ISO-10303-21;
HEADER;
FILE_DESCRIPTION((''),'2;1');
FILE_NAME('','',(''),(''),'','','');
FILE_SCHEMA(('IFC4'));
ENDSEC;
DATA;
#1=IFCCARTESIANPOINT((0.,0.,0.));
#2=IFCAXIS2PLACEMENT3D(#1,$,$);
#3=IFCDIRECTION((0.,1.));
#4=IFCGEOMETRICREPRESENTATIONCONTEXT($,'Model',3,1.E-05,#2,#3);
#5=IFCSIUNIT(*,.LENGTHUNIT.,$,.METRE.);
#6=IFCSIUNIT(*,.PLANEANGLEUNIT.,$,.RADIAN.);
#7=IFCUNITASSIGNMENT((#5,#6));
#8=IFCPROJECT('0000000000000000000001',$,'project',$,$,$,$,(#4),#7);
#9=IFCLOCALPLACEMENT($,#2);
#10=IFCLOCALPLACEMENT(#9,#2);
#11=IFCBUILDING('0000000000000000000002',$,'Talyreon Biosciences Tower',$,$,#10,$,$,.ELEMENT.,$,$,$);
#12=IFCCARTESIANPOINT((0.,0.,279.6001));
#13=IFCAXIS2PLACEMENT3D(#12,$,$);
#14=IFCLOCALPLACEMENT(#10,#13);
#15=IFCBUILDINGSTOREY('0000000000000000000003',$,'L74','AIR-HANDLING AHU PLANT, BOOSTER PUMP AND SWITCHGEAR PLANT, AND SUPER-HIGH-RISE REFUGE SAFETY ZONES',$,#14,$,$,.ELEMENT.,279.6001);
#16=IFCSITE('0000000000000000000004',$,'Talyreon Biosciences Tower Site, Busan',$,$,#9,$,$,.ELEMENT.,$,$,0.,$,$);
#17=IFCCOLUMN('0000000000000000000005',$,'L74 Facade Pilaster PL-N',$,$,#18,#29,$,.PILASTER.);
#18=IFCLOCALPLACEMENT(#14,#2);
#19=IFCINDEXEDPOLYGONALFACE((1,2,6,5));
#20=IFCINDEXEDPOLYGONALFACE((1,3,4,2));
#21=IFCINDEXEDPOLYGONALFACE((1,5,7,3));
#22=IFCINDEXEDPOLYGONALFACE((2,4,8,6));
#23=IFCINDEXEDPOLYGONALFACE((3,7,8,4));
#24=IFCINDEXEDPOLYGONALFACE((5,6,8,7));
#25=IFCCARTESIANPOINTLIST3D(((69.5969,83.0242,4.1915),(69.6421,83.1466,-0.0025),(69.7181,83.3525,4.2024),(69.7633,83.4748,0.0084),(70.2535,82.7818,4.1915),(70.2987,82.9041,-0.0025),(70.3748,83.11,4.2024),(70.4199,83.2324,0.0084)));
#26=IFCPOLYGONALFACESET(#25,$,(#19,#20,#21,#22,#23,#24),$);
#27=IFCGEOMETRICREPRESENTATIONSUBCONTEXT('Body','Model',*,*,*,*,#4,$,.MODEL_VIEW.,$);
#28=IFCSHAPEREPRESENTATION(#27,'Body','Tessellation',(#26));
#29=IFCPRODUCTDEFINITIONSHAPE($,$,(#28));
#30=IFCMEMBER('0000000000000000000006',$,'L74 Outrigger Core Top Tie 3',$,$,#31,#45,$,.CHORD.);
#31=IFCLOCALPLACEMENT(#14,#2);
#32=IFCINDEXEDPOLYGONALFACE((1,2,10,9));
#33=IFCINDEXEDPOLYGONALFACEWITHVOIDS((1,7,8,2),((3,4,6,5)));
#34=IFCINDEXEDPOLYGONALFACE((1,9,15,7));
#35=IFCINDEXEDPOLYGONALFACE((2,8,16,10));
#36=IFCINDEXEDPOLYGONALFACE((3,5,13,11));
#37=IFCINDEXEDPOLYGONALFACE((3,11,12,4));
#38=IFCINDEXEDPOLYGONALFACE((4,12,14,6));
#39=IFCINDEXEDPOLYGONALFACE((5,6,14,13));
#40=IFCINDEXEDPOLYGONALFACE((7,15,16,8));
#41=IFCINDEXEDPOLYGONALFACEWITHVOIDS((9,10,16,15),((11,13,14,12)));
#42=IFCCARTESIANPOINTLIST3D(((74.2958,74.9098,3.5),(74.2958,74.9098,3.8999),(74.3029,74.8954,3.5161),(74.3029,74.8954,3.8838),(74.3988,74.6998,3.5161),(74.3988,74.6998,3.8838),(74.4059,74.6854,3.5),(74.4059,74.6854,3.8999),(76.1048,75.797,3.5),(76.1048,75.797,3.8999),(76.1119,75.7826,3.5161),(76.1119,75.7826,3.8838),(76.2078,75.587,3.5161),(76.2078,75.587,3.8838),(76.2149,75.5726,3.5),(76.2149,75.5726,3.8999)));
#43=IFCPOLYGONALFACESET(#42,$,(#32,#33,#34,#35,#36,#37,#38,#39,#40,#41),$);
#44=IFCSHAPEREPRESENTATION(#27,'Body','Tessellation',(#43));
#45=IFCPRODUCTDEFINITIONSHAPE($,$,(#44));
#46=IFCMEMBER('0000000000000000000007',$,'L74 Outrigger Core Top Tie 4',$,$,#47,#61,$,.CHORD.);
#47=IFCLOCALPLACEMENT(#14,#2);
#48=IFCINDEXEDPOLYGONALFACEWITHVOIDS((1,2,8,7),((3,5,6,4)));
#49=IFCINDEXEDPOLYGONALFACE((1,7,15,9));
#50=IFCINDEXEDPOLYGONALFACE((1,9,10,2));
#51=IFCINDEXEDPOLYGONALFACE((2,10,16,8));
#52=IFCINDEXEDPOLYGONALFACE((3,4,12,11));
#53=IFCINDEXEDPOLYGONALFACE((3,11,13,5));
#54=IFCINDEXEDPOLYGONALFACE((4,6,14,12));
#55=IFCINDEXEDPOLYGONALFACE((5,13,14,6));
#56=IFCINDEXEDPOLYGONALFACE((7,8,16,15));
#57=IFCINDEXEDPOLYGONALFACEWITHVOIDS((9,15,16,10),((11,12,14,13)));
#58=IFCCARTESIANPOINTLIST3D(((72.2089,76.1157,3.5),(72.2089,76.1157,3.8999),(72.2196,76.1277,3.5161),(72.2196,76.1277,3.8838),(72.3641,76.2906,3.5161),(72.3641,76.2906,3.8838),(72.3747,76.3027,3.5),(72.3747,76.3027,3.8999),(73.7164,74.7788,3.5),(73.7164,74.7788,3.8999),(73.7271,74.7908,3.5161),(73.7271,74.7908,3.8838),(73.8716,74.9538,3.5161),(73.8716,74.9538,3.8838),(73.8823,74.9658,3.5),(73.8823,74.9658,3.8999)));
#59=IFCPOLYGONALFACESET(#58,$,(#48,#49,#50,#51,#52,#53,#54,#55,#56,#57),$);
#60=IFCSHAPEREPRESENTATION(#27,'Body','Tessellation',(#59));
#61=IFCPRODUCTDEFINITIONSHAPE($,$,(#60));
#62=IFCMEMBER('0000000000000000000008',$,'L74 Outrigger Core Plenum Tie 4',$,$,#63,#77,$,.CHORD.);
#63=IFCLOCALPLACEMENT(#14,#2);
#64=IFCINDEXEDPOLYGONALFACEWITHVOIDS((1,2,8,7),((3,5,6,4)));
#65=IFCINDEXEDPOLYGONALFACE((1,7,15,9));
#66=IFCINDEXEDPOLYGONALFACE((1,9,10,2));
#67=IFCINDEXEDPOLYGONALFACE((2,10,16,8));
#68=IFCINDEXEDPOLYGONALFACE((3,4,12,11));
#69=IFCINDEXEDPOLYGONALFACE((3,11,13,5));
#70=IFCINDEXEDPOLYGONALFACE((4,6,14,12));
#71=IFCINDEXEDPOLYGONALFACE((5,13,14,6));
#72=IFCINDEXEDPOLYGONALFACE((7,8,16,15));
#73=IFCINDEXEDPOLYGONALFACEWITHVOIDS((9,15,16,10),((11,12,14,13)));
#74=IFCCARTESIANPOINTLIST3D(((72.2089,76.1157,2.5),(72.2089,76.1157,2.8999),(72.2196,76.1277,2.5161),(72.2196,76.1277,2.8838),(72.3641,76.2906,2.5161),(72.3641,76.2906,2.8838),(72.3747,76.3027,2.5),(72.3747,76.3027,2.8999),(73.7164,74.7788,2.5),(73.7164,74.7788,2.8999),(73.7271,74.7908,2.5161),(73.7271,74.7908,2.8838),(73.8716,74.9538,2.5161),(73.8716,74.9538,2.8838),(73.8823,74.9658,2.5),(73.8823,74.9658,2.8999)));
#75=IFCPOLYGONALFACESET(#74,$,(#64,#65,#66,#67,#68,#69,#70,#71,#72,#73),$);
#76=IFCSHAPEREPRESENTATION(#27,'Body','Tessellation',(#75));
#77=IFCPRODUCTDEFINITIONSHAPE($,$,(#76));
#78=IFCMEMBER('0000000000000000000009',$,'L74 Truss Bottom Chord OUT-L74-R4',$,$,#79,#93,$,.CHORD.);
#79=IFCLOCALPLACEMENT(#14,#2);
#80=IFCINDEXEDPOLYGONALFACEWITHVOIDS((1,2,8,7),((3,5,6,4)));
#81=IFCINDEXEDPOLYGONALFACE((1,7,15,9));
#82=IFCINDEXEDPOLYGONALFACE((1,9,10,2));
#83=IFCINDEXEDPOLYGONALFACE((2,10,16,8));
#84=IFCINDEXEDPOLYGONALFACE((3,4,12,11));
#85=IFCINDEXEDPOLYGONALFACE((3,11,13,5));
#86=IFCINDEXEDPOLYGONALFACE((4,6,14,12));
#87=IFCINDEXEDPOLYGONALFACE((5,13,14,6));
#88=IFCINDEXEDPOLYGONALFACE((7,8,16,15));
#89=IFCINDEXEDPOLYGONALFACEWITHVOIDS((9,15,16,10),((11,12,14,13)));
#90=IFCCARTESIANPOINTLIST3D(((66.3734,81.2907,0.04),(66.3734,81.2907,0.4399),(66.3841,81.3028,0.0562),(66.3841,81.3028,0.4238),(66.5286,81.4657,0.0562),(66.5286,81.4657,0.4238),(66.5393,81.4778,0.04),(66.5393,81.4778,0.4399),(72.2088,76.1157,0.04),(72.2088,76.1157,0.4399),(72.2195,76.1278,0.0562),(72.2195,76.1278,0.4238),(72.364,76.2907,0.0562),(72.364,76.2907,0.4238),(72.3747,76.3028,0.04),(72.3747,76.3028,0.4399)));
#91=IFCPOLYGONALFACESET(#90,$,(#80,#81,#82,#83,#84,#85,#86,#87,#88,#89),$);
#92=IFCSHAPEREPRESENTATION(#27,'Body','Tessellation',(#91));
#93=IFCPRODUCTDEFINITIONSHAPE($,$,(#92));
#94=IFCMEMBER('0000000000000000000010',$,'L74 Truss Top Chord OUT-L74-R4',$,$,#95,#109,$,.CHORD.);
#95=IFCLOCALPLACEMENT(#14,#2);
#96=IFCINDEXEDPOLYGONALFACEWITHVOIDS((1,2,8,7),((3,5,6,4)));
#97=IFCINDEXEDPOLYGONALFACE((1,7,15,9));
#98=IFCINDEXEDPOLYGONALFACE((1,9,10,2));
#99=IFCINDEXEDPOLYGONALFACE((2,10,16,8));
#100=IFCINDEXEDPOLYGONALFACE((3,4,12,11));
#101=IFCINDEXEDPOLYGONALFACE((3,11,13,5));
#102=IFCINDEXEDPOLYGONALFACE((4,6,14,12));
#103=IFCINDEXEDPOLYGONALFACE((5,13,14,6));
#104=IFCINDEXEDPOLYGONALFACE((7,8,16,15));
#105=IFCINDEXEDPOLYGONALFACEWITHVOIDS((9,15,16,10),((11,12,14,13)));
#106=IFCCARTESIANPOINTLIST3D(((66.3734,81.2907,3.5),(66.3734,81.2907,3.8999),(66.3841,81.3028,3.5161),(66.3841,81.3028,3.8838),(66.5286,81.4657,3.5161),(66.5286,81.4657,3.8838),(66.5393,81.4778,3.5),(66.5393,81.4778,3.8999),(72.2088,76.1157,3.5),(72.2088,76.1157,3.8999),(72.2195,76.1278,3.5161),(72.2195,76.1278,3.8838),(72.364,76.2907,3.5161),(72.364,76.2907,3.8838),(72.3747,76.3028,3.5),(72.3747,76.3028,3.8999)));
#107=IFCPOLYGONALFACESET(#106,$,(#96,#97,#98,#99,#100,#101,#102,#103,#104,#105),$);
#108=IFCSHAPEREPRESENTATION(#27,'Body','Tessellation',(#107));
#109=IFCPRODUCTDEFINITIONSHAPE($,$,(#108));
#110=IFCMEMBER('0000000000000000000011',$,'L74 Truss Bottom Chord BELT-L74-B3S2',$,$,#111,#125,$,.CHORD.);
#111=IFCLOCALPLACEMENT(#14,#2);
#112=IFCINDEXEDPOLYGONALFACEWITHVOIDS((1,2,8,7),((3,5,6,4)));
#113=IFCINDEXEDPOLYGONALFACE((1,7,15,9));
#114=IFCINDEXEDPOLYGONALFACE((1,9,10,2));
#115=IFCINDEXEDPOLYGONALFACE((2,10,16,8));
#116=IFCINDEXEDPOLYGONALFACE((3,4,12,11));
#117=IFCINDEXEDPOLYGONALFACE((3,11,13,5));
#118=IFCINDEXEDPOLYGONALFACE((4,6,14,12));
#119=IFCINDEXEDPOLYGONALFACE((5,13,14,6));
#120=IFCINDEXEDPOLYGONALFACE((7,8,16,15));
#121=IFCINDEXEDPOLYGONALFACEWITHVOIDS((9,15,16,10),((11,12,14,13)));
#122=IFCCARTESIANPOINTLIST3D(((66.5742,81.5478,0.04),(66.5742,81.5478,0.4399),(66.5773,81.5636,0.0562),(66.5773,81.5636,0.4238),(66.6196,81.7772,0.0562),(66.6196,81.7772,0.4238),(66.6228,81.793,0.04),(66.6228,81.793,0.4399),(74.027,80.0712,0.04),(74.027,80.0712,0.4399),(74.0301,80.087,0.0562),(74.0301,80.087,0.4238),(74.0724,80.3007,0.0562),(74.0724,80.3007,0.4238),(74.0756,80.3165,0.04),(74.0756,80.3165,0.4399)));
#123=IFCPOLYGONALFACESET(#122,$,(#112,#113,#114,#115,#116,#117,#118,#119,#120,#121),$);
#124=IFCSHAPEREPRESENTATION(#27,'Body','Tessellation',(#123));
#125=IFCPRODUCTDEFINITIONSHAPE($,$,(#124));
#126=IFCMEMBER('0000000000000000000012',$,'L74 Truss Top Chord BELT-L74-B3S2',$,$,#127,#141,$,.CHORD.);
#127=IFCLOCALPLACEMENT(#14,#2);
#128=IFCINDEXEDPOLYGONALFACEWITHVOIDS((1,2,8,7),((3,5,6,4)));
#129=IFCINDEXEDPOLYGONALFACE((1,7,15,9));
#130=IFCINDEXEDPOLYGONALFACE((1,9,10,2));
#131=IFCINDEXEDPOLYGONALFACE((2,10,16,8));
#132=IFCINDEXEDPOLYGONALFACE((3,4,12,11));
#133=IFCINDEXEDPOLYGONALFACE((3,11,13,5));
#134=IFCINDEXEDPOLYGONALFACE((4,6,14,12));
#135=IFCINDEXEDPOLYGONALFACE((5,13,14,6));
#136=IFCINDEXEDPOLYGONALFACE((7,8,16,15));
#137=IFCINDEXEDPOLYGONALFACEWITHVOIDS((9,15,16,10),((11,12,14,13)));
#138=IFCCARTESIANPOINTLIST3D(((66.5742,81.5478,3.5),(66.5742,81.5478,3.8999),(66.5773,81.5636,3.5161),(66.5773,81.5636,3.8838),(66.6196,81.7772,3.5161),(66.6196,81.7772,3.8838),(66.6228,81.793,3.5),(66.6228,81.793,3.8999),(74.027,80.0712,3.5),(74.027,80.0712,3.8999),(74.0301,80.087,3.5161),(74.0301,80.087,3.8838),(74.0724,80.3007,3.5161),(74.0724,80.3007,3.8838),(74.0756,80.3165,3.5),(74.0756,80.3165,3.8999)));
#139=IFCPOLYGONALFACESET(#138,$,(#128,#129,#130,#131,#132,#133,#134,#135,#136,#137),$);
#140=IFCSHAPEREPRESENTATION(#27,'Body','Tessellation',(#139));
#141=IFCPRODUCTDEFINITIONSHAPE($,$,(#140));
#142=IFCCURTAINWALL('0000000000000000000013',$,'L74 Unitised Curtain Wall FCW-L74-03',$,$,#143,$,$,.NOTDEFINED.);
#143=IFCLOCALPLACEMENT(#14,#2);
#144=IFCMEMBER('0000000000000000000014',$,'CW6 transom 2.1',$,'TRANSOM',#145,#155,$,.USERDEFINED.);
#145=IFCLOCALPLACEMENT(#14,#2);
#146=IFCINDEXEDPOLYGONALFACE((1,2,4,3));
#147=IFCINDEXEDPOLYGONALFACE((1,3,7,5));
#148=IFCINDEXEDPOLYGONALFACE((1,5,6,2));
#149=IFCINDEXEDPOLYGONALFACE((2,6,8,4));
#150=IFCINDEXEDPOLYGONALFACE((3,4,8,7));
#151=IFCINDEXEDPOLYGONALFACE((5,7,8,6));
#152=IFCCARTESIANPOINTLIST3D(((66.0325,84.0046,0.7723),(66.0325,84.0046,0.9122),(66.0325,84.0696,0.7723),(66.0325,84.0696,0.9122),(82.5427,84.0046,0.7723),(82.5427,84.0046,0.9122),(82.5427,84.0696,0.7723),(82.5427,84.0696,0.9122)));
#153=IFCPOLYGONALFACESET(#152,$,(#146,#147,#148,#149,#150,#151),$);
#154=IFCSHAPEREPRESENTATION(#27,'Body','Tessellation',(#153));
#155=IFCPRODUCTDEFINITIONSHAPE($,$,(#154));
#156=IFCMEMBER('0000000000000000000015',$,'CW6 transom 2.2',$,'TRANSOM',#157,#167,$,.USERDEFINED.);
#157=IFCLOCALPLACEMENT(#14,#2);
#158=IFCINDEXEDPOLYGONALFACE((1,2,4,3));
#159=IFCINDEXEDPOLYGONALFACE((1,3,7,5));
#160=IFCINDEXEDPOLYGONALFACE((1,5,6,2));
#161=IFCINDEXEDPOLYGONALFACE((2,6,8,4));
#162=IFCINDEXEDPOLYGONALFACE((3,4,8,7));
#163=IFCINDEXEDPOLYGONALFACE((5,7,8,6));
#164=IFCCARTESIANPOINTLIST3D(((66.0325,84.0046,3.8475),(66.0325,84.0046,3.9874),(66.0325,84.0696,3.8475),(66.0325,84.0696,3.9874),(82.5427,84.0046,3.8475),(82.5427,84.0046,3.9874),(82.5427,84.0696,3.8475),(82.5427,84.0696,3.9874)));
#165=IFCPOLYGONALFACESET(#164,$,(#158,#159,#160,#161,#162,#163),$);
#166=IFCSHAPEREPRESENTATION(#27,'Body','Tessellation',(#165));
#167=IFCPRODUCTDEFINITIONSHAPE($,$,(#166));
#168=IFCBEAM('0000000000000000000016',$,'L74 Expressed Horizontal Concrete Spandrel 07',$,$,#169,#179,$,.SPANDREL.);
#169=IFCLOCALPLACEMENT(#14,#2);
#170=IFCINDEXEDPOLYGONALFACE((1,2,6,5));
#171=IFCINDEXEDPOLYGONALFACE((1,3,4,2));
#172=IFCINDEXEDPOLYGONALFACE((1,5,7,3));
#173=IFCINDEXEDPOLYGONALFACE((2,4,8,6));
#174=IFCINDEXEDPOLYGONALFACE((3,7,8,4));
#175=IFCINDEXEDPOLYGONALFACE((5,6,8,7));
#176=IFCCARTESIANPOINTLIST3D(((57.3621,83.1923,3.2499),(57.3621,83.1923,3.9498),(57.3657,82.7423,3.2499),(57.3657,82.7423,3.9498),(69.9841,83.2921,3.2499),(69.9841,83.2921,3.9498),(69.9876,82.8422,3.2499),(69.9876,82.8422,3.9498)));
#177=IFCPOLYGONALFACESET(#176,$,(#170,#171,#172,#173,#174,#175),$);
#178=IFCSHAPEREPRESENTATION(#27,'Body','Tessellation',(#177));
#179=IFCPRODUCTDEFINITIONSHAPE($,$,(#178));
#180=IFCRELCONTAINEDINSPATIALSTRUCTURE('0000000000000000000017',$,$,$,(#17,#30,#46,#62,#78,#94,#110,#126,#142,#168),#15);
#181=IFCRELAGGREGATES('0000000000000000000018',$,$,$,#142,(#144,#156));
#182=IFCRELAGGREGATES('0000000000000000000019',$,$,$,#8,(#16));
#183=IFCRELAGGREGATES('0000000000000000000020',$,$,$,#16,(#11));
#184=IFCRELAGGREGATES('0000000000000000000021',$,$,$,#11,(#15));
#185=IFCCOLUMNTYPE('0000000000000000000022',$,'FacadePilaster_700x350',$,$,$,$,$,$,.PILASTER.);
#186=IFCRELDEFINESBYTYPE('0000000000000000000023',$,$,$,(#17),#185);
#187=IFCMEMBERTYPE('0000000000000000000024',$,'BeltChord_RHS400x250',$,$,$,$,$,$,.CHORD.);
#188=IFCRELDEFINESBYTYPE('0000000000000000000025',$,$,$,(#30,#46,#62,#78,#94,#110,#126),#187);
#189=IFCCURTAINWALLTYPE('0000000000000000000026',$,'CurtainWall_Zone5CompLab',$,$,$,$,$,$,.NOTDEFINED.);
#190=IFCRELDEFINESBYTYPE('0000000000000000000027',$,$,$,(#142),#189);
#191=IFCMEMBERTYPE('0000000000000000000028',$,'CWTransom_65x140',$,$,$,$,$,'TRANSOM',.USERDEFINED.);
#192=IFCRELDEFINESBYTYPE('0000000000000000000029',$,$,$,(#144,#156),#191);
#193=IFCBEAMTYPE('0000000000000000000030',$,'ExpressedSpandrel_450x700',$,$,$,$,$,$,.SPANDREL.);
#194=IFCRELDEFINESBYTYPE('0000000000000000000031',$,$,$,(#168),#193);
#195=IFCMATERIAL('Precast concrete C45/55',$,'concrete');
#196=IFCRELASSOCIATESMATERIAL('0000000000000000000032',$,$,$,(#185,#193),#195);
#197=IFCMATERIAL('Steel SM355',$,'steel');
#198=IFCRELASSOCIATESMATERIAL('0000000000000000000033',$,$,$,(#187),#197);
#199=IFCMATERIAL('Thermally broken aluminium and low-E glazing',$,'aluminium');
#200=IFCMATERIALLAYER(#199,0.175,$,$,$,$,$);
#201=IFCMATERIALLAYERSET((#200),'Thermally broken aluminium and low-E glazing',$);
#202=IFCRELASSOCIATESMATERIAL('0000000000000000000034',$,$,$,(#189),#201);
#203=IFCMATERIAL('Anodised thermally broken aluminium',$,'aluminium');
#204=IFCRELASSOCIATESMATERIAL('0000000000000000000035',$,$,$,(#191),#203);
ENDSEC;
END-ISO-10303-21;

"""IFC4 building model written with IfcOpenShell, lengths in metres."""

from ifc_helpers import new_model, si_unit, direction, frame, origin, origin_2d, place, context, subcontext, project, spatial, rectangle, hollow_rectangle, extrude, material, layer, layer_set, material_profile, profile_set, type_object, element, aggregate, save


model = new_model("IFC4")

# Units and contexts
model_context = context("Model", 3, precision=1e-05, world=origin(), true_north=direction((0.0, 1.0)))
body_context = subcontext(model_context, "Body", "Model", "MODEL_VIEW")
ifc_project = project(units=[si_unit("LENGTHUNIT", "METRE"), si_unit("PLANEANGLEUNIT", "RADIAN")], contexts=[model_context])

# Site, building, storey
site_placement = place(None, origin())
site = spatial("IfcSite", under=ifc_project, at=site_placement, Name="Talyreon Biosciences Tower Site, Busan", CompositionType="ELEMENT", RefElevation=0.0)
building_placement = place(site_placement, origin())
building = spatial("IfcBuilding", under=site, at=building_placement, Name="Talyreon Biosciences Tower", CompositionType="ELEMENT")
storey_placement = place(building_placement, frame((0.0, 0.0, 279.6001)))
storey = spatial("IfcBuildingStorey", under=building, at=storey_placement, Name="L74", Description="AIR-HANDLING AHU PLANT, BOOSTER PUMP AND SWITCHGEAR PLANT, AND SUPER-HIGH-RISE REFUGE SAFETY ZONES", CompositionType="ELEMENT", Elevation=279.6001)

# Column
ifc_material_1 = material(Name="Precast concrete C45/55", Category="concrete")
ifc_material_profile_1 = material_profile(ifc_material_1, rectangle(XDim=0.7, YDim=0.3501, at=origin_2d()), Name="RC 700x350")
ifc_profile_set_1 = profile_set([ifc_material_profile_1], Name="Precast concrete C45/55")
column_type = type_object("IfcColumnType", Name="FacadePilaster_700x350", PredefinedType="PILASTER", material=ifc_profile_set_1)
column_placement = place(storey_placement, frame((70.031, 83.1895, 0.0029), z_axis=(-0.010764, -0.029149, 0.999517), x_axis=(-0.938087, 0.346399, 0.0)))
element("IfcColumn", 1, at=column_placement, inside=storey, type_object=column_type, Name="L74 Facade Pilaster PL-N", PredefinedType="PILASTER", context=body_context, shape_type="SweptSolid", body=[
    extrude(rectangle(XDim=0.7, YDim=0.3501, at=origin_2d()), origin(), (0.0, 0.0, 1.0), 4.196),
])

# Members
ifc_material_2 = material(Name="Steel SM355", Category="steel")
ifc_material_profile_2 = material_profile(ifc_material_2, hollow_rectangle(XDim=0.25, YDim=0.3999, WallThickness=0.0161, at=origin_2d()), Name="RHS 400x250x16")
ifc_profile_set_2 = profile_set([ifc_material_profile_2], Name="Steel SM355")
member_type_1 = type_object("IfcMemberType", Name="BeltChord_RHS400x250", PredefinedType="CHORD", material=ifc_profile_set_2)
for number, where, z_axis, x_axis, name in (
    (2, (74.3508, 74.7976, 3.7), (0.897842, 0.440318, 0.0), (-0.440318, 0.897842, 0.0), "L74 Outrigger Core Top Tie 3"),
    (3, (73.7993, 74.8723, 3.7), (-0.748184, 0.663491, 0.0), (-0.663491, -0.748184, 0.0), "L74 Outrigger Core Top Tie 4"),
    (4, (73.7993, 74.8723, 2.7), (-0.748184, 0.663491, 0.0), (-0.663491, -0.748184, 0.0), "L74 Outrigger Core Plenum Tie 4"),
):
    element("IfcMember", number, at=place(storey_placement, frame(where, z_axis=z_axis, x_axis=x_axis)), inside=storey, type_object=member_type_1, Name=name, PredefinedType="CHORD", context=body_context, shape_type="SweptSolid", body=[
        extrude(hollow_rectangle(XDim=0.25, YDim=0.3999, WallThickness=0.0161, at=origin_2d()), origin(), (0.0, 0.0, 1.0), 2.0149),
    ])
for number, where, z_axis, x_axis, name in (
    (5, (72.2917, 76.2092, 0.24), (-0.748174, 0.663503, 0.0), (-0.663503, -0.748174, 0.0), "L74 Truss Bottom Chord OUT-L74-R4"),
    (6, (72.2917, 76.2092, 3.7), (-0.748174, 0.663503, 0.0), (-0.663503, -0.748174, 0.0), "L74 Truss Top Chord OUT-L74-R4"),
):
    element("IfcMember", number, at=place(storey_placement, frame(where, z_axis=z_axis, x_axis=x_axis)), inside=storey, type_object=member_type_1, Name=name, PredefinedType="CHORD", context=body_context, shape_type="SweptSolid", body=[
        extrude(hollow_rectangle(XDim=0.25, YDim=0.3999, WallThickness=0.0161, at=origin_2d()), origin(), (0.0, 0.0, 1.0), 7.7996),
    ])
for number, where, z_axis, x_axis, name in (
    (7, (74.0513, 80.1938, 0.24), (-0.980934, 0.194342, 0.0), (-0.194342, -0.980934, 0.0), "L74 Truss Bottom Chord BELT-L74-B3S2"),
    (8, (74.0513, 80.1938, 3.7), (-0.980934, 0.194342, 0.0), (-0.194342, -0.980934, 0.0), "L74 Truss Top Chord BELT-L74-B3S2"),
):
    element("IfcMember", number, at=place(storey_placement, frame(where, z_axis=z_axis, x_axis=x_axis)), inside=storey, type_object=member_type_1, Name=name, PredefinedType="CHORD", context=body_context, shape_type="SweptSolid", body=[
        extrude(hollow_rectangle(XDim=0.25, YDim=0.3999, WallThickness=0.0161, at=origin_2d()), origin(), (0.0, 0.0, 1.0), 7.5977),
    ])

# Curtain wall, members
ifc_material_3 = material(Name="Thermally broken aluminium and low-E glazing", Category="aluminium")
ifc_layer_1 = layer(ifc_material_3, 0.175)
ifc_layer_set_1 = layer_set([ifc_layer_1], Name="Thermally broken aluminium and low-E glazing")
curtain_wall_type = type_object("IfcCurtainWallType", Name="CurtainWall_Zone5CompLab", PredefinedType="NOTDEFINED", material=ifc_layer_set_1)
curtain_wall_placement = place(storey_placement, origin())
curtain_wall = element("IfcCurtainWall", 9, at=curtain_wall_placement, inside=storey, type_object=curtain_wall_type, Name="L74 Unitised Curtain Wall FCW-L74-03", PredefinedType="NOTDEFINED")
ifc_material_4 = material(Name="Anodised thermally broken aluminium", Category="aluminium")
ifc_material_profile_3 = material_profile(ifc_material_4, rectangle(XDim=0.0649, YDim=0.1399, at=origin_2d()), Name="ALUM TRANSOM 65x140")
ifc_profile_set_3 = profile_set([ifc_material_profile_3], Name="Anodised thermally broken aluminium")
member_type_2 = type_object("IfcMemberType", Name="CWTransom_65x140", ElementType="TRANSOM", PredefinedType="USERDEFINED", material=ifc_profile_set_3)
member_1_placement = place(storey_placement, frame((66.0325, 84.0371, 0.8423), z_axis=(1.0, 0.0, 0.0), x_axis=(0.0, 1.0, 0.0)))
member_1 = element("IfcMember", 10, at=member_1_placement, type_object=member_type_2, Name="CW6 transom 2.1", ObjectType="TRANSOM", PredefinedType="USERDEFINED", context=body_context, shape_type="SweptSolid", body=[
    extrude(rectangle(XDim=0.0649, YDim=0.1399, at=origin_2d()), origin(), (0.0, 0.0, 1.0), 16.5103),
])
member_2_placement = place(storey_placement, frame((66.0325, 84.0371, 3.9175), z_axis=(1.0, 0.0, 0.0), x_axis=(0.0, 1.0, 0.0)))
member_2 = element("IfcMember", 11, at=member_2_placement, type_object=member_type_2, Name="CW6 transom 2.2", ObjectType="TRANSOM", PredefinedType="USERDEFINED", context=body_context, shape_type="SweptSolid", body=[
    extrude(rectangle(XDim=0.0649, YDim=0.1399, at=origin_2d()), origin(), (0.0, 0.0, 1.0), 16.5103),
])

# Beam
ifc_material_profile_4 = material_profile(ifc_material_1, rectangle(XDim=0.45, YDim=0.7, at=origin_2d()), Name="RCB 450x700")
ifc_profile_set_4 = profile_set([ifc_material_profile_4], Name="Precast concrete C45/55")
beam_type_1 = type_object("IfcBeamType", Name="ExpressedSpandrel_450x700", PredefinedType="SPANDREL", material=ifc_profile_set_4)
beam_1_placement = place(storey_placement, frame((69.9858, 83.0671, 3.5999), z_axis=(-0.999969, -0.007911, 0.0), x_axis=(0.007911, -0.999969, 0.0)))
element("IfcBeam", 12, at=beam_1_placement, inside=storey, type_object=beam_type_1, Name="L74 Expressed Horizontal Concrete Spandrel 07", PredefinedType="SPANDREL", context=body_context, shape_type="SweptSolid", body=[
    extrude(rectangle(XDim=0.45, YDim=0.7, at=origin_2d()), origin(), (0.0, 0.0, 1.0), 12.6223),
])

aggregate(curtain_wall, [member_1, member_2])

save(model, "model.ifc")
